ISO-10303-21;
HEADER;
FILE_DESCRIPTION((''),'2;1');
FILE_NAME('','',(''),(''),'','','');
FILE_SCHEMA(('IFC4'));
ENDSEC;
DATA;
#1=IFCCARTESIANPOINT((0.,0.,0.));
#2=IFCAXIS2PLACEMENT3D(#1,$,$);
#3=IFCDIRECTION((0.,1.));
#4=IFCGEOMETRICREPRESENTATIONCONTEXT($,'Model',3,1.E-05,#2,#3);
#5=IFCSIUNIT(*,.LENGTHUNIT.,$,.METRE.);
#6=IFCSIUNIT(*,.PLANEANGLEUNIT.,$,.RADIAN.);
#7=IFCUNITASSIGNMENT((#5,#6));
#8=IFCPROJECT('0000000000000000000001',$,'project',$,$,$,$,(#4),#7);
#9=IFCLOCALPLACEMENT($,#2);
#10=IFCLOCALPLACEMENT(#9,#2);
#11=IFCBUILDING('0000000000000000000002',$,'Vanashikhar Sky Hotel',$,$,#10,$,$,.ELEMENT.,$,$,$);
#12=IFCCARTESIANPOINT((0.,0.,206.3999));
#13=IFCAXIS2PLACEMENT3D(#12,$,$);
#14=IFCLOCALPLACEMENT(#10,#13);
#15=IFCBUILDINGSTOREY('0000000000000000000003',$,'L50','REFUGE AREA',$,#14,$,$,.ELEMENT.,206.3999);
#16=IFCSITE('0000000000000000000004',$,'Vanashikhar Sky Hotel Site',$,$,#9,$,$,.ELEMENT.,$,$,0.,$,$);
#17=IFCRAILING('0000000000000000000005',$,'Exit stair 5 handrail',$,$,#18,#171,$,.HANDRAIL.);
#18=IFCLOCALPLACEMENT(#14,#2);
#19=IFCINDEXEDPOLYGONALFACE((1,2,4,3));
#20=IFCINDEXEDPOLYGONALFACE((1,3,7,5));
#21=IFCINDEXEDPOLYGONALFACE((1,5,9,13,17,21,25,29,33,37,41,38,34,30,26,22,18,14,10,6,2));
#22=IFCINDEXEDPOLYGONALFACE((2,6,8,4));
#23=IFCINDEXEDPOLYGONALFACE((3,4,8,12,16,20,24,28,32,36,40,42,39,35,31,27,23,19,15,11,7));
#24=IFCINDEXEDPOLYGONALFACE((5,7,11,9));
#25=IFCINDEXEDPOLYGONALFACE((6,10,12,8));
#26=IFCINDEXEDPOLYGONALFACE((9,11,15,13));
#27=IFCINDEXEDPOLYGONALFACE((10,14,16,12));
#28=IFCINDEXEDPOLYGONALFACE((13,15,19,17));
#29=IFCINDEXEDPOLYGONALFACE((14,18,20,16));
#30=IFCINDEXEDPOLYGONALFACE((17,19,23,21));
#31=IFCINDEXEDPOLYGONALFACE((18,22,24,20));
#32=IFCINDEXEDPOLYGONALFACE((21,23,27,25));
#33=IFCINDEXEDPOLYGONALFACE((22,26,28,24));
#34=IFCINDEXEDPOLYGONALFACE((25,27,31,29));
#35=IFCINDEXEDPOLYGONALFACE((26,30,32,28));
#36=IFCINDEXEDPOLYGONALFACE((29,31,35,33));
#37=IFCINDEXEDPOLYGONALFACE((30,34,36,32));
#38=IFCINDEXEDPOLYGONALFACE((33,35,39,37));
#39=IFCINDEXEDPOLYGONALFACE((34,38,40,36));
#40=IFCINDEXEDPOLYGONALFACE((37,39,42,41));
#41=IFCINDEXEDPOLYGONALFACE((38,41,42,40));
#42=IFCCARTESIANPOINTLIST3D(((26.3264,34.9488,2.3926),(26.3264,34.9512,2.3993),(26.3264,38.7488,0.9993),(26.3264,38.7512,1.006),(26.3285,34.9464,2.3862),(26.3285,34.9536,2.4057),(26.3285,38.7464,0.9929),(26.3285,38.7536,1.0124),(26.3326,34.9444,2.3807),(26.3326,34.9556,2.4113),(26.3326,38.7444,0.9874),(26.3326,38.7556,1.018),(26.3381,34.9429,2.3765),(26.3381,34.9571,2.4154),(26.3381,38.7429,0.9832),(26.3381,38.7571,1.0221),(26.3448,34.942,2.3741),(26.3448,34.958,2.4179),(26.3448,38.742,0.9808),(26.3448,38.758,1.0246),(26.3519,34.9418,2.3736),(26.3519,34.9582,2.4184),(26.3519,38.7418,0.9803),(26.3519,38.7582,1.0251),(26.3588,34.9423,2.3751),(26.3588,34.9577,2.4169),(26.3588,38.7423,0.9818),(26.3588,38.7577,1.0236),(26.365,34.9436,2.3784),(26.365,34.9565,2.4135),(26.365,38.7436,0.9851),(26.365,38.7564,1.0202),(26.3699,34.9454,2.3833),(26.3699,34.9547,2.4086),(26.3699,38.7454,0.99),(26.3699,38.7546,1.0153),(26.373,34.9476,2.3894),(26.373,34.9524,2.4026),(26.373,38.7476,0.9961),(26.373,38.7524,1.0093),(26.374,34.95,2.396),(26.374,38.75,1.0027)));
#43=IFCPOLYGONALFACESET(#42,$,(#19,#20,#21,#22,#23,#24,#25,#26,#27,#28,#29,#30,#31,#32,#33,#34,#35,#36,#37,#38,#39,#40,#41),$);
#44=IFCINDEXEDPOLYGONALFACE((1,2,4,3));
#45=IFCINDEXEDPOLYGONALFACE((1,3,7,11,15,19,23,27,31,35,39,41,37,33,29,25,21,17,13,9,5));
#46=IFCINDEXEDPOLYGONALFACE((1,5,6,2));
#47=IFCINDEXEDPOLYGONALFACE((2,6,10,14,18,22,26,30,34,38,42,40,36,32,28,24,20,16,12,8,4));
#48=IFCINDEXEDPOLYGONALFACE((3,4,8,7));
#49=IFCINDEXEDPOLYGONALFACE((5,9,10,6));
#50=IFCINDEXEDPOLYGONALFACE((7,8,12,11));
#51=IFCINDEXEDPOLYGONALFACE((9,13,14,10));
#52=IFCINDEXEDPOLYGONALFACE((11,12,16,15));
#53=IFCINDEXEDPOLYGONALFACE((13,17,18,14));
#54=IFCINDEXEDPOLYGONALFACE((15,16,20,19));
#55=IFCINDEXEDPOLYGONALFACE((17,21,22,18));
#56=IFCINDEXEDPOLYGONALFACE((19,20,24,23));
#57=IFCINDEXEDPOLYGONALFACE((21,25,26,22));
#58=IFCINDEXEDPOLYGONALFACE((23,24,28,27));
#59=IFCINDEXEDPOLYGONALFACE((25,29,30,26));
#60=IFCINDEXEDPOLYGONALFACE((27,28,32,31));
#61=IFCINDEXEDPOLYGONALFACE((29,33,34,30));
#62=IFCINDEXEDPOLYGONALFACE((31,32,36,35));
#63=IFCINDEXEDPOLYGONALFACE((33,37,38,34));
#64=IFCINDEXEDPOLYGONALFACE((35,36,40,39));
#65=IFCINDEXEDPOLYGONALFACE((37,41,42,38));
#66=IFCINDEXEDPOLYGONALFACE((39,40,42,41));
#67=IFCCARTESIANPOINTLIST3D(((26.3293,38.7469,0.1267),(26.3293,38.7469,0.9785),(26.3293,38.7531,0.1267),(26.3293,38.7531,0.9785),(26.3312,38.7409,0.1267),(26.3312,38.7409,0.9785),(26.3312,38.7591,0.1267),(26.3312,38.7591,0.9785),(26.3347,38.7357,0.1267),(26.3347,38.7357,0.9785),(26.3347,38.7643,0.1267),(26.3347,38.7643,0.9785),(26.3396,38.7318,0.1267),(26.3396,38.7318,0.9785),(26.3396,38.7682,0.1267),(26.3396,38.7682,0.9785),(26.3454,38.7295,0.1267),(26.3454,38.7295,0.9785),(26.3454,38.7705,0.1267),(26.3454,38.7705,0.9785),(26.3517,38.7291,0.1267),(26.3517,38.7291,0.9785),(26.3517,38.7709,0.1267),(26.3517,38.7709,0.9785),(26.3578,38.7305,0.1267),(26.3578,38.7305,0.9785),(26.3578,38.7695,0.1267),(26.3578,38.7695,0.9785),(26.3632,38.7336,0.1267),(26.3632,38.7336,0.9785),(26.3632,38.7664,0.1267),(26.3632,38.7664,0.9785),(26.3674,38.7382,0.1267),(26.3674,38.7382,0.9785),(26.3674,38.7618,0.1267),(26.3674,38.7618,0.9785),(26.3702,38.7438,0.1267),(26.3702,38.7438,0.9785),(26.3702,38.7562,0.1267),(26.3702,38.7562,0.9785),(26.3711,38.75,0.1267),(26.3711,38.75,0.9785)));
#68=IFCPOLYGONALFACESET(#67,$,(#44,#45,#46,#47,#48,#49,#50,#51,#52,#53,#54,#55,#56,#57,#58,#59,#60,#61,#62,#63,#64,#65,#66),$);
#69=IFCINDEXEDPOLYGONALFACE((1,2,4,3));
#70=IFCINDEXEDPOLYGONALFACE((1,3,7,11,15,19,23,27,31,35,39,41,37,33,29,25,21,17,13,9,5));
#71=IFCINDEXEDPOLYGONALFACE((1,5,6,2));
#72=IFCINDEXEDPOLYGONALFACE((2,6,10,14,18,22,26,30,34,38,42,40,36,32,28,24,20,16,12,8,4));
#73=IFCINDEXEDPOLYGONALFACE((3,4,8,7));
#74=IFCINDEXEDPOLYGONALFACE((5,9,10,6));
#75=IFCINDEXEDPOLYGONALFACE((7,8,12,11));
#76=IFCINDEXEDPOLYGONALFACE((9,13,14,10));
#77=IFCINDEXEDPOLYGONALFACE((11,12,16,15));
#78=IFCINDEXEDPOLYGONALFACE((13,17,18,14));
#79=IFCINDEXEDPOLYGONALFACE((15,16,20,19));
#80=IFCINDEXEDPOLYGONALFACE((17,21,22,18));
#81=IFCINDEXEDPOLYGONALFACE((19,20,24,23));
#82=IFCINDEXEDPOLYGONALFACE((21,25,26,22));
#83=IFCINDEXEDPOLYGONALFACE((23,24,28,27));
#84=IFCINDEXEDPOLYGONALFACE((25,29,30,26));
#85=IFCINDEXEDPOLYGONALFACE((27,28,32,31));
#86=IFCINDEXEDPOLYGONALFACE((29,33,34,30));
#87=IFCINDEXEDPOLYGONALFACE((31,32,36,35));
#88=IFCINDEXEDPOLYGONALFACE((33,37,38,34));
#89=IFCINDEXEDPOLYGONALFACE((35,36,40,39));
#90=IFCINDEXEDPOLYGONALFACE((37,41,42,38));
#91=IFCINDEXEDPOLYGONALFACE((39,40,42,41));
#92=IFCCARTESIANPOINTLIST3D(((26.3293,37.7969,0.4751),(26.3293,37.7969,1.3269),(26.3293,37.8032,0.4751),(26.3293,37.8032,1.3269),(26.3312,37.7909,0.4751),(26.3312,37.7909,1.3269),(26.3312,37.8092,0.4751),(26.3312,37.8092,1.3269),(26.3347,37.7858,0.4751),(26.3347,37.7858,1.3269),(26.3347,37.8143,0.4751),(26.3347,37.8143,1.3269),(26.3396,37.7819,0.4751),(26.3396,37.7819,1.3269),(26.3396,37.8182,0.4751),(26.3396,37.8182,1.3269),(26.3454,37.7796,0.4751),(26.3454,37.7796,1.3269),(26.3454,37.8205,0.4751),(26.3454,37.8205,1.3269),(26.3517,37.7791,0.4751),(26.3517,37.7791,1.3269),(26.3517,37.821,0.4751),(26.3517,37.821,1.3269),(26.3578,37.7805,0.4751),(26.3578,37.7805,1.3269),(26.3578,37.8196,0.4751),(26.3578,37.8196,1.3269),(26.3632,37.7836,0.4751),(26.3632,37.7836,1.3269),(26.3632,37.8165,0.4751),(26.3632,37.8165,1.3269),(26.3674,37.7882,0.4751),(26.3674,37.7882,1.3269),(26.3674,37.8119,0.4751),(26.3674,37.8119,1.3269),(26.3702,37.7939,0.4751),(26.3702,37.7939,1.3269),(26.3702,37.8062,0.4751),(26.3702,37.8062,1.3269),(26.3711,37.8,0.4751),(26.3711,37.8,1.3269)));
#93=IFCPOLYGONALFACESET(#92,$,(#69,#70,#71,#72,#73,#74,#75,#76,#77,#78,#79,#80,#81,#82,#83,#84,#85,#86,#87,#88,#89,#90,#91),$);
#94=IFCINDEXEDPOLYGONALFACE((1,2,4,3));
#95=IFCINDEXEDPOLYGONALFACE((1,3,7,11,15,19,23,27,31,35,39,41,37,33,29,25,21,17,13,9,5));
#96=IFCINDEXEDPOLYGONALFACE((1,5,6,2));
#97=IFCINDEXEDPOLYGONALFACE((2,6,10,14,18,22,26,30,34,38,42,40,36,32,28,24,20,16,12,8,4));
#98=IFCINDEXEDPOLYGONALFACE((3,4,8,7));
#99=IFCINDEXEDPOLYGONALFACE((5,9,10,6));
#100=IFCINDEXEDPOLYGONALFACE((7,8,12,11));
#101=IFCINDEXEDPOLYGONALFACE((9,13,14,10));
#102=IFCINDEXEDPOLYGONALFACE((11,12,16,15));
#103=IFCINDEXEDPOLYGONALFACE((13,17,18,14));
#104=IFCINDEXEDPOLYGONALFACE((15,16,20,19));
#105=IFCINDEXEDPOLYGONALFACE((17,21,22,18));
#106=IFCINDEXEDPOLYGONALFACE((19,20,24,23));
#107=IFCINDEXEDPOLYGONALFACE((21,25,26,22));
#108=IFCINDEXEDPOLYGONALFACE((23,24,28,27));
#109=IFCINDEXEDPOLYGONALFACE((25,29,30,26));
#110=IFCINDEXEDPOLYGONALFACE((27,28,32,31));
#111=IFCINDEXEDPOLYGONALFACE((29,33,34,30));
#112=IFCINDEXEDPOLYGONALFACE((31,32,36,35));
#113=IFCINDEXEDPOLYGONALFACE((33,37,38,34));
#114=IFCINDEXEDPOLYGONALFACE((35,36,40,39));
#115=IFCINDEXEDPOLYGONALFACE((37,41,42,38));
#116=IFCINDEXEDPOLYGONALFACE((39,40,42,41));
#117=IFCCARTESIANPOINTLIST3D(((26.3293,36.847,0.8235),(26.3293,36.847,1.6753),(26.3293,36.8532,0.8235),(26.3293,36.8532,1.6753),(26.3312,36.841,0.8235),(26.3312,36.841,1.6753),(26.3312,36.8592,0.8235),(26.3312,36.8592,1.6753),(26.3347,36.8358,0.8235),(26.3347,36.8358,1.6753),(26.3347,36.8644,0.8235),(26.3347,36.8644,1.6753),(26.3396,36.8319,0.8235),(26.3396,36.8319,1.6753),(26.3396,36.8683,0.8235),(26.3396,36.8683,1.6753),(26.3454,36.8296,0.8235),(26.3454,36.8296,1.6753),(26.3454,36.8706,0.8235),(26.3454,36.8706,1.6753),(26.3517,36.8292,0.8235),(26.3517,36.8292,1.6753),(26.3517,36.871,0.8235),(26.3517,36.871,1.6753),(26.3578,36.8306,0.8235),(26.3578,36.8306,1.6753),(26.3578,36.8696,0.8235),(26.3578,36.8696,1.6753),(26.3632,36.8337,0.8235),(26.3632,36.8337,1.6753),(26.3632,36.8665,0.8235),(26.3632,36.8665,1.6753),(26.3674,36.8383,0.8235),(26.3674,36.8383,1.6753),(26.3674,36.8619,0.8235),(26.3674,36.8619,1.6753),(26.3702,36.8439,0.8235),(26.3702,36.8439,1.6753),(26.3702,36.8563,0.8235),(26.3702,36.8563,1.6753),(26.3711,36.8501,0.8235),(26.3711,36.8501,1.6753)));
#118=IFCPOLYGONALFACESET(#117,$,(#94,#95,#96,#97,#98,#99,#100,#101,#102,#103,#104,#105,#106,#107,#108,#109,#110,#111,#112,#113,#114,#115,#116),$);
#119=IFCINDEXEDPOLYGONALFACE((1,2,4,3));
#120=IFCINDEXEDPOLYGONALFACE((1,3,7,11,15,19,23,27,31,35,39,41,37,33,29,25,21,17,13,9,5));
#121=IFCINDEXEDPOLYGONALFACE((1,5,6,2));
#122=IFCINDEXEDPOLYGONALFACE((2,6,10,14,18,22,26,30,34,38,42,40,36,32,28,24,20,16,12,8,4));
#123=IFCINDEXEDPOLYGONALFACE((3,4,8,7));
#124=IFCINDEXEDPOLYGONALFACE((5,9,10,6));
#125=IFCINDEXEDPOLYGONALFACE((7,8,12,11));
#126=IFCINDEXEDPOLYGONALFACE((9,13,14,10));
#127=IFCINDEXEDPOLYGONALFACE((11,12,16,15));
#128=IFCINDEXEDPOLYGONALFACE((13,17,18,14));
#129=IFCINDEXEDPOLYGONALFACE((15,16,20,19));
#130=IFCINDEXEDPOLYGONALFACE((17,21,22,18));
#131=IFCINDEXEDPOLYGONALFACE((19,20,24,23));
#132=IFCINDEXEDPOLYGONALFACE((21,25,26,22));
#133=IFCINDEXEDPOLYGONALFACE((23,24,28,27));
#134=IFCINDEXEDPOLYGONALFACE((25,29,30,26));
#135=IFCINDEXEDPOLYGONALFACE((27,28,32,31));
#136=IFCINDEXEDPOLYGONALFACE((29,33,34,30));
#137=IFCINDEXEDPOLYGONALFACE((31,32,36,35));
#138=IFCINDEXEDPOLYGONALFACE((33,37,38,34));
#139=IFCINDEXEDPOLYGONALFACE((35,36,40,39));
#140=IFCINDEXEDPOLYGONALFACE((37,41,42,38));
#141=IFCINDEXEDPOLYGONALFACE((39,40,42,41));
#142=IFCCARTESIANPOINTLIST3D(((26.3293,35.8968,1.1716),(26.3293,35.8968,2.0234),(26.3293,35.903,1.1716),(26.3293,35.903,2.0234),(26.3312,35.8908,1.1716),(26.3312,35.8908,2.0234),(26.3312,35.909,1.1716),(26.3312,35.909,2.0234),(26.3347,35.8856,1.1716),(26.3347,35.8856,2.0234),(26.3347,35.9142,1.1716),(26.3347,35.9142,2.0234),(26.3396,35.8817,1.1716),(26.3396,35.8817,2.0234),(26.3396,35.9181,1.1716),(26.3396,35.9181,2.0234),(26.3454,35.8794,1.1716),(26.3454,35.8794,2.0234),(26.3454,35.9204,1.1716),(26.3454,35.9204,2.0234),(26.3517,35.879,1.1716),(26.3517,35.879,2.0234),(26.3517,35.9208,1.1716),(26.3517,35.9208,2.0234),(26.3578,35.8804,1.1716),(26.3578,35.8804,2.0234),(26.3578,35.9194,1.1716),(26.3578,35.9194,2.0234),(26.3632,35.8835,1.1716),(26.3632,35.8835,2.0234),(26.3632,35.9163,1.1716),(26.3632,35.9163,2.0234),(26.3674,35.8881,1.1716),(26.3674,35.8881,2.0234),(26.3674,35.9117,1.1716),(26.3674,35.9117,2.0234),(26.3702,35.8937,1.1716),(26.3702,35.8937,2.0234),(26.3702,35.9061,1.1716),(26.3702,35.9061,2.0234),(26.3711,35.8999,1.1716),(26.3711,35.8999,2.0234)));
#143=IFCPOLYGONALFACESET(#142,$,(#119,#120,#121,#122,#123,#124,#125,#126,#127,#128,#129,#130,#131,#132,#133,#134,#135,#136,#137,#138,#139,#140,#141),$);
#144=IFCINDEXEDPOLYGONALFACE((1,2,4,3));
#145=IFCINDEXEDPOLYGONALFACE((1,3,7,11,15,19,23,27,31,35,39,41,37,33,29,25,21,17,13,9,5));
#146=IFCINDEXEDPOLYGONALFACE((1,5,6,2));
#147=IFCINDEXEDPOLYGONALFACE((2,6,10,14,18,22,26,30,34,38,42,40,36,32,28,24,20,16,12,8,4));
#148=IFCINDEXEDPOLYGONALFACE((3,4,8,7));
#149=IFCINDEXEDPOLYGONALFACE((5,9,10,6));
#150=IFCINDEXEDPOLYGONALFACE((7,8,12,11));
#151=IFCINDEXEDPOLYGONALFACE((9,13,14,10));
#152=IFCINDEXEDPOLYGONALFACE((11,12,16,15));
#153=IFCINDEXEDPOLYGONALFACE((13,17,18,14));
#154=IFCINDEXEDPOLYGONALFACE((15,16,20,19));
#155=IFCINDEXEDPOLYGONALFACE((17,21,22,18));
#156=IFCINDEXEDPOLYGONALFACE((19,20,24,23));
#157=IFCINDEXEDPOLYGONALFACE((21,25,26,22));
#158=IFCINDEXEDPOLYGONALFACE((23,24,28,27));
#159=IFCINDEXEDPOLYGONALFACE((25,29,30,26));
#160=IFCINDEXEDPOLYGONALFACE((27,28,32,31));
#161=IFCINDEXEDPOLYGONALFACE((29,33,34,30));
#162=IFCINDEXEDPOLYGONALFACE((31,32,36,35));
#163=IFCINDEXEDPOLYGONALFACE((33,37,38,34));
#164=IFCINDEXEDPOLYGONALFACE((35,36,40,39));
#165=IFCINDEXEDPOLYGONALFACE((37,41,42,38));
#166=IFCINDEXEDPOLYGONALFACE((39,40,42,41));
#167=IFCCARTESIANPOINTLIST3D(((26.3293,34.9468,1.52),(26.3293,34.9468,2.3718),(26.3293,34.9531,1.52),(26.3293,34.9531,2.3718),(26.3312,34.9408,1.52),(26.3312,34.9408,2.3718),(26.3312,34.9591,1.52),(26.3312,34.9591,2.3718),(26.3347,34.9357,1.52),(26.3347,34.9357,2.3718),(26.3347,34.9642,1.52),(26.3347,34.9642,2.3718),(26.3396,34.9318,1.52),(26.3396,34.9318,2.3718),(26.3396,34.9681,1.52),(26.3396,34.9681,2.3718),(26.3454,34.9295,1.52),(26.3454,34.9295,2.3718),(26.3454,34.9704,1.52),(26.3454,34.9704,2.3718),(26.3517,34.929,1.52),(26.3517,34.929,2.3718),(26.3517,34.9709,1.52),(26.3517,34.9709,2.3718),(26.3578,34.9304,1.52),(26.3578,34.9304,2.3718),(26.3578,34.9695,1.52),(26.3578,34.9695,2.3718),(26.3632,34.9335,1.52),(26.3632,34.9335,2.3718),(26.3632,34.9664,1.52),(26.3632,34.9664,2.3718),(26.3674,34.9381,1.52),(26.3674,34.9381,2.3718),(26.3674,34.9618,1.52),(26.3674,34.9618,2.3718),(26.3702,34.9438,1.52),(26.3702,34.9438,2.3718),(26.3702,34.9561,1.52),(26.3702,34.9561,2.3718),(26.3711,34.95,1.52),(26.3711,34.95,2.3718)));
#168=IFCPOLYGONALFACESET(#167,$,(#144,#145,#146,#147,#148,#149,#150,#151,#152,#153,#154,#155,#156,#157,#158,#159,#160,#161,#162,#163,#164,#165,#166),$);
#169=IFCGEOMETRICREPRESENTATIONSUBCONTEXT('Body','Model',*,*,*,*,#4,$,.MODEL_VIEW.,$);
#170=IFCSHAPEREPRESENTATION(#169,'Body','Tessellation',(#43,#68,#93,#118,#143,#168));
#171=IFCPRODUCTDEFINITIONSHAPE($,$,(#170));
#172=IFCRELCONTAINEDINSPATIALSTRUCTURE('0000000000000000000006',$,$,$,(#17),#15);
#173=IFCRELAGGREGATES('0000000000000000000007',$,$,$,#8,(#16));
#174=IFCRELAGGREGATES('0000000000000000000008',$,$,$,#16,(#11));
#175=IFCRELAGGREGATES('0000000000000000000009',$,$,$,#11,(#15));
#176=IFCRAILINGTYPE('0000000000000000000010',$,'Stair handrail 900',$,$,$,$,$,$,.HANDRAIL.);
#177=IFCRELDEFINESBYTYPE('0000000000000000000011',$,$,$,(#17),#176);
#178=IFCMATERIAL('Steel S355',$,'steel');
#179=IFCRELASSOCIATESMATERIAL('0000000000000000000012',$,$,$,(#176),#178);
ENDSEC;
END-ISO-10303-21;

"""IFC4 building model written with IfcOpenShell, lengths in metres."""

from ifc_helpers import new_model, si_unit, direction, frame, origin, origin_2d, place, context, subcontext, project, spatial, circle, extrude, source, transform, mapped, material, type_object, element, save


model = new_model("IFC4")

# Units and contexts
model_context = context("Model", 3, precision=1e-05, world=origin(), true_north=direction((0.0, 1.0)))
body_context = subcontext(model_context, "Body", "Model", "MODEL_VIEW")
ifc_project = project(units=[si_unit("LENGTHUNIT", "METRE"), si_unit("PLANEANGLEUNIT", "RADIAN")], contexts=[model_context])

# Site, building, storey
site_placement = place(None, origin())
site = spatial("IfcSite", under=ifc_project, at=site_placement, Name="Vanashikhar Sky Hotel Site", CompositionType="ELEMENT", RefElevation=0.0)
building_placement = place(site_placement, origin())
building = spatial("IfcBuilding", under=site, at=building_placement, Name="Vanashikhar Sky Hotel", CompositionType="ELEMENT")
storey_placement = place(building_placement, frame((0.0, 0.0, 206.3999)))
storey = spatial("IfcBuildingStorey", under=building, at=storey_placement, Name="L50", Description="REFUGE AREA", CompositionType="ELEMENT", Elevation=206.3999)

# Railing
ifc_material_1 = material(Name="Steel S355", Category="steel")
railing_type_1 = type_object("IfcRailingType", Name="Stair handrail 900", PredefinedType="HANDRAIL", material=ifc_material_1)
shared_shape_1 = source(origin(), body_context, "Body", "SweptSolid", [
    extrude(circle(Radius=0.0239, at=origin_2d()), frame((0.0, 0.0, 0.876), z_axis=(0.0, -0.93888, 0.344246), x_axis=(1.0, 0.0, 0.0)), (0.0, 0.0, 1.0), 4.0474),
    extrude(circle(Radius=0.021, at=origin_2d()), origin(), (0.0, 0.0, 1.0), 0.8518),
    extrude(circle(Radius=0.021, at=origin_2d()), frame((0.0, -0.95, 0.3484)), (0.0, 0.0, 1.0), 0.8518),
    extrude(circle(Radius=0.021, at=origin_2d()), frame((0.0, -1.8999, 0.6968)), (0.0, 0.0, 1.0), 0.8518),
    extrude(circle(Radius=0.021, at=origin_2d()), frame((0.0, -2.8501, 1.0449)), (0.0, 0.0, 1.0), 0.8518),
    extrude(circle(Radius=0.021, at=origin_2d()), frame((0.0, -3.8, 1.3933)), (0.0, 0.0, 1.0), 0.8518),
])
for number, where, name in (
    (1, (26.3501, 38.75, 0.1267), "Exit stair 5 handrail"),
):
    element("IfcRailing", number, at=place(storey_placement, frame(where)), inside=storey, type_object=railing_type_1, Name=name, PredefinedType="HANDRAIL", context=body_context, shape_type="MappedRepresentation", body=[
        mapped(shared_shape_1, transform((0.0, 0.0, 0.0), scale=1.0)),
    ])

save(model, "model.ifc")
